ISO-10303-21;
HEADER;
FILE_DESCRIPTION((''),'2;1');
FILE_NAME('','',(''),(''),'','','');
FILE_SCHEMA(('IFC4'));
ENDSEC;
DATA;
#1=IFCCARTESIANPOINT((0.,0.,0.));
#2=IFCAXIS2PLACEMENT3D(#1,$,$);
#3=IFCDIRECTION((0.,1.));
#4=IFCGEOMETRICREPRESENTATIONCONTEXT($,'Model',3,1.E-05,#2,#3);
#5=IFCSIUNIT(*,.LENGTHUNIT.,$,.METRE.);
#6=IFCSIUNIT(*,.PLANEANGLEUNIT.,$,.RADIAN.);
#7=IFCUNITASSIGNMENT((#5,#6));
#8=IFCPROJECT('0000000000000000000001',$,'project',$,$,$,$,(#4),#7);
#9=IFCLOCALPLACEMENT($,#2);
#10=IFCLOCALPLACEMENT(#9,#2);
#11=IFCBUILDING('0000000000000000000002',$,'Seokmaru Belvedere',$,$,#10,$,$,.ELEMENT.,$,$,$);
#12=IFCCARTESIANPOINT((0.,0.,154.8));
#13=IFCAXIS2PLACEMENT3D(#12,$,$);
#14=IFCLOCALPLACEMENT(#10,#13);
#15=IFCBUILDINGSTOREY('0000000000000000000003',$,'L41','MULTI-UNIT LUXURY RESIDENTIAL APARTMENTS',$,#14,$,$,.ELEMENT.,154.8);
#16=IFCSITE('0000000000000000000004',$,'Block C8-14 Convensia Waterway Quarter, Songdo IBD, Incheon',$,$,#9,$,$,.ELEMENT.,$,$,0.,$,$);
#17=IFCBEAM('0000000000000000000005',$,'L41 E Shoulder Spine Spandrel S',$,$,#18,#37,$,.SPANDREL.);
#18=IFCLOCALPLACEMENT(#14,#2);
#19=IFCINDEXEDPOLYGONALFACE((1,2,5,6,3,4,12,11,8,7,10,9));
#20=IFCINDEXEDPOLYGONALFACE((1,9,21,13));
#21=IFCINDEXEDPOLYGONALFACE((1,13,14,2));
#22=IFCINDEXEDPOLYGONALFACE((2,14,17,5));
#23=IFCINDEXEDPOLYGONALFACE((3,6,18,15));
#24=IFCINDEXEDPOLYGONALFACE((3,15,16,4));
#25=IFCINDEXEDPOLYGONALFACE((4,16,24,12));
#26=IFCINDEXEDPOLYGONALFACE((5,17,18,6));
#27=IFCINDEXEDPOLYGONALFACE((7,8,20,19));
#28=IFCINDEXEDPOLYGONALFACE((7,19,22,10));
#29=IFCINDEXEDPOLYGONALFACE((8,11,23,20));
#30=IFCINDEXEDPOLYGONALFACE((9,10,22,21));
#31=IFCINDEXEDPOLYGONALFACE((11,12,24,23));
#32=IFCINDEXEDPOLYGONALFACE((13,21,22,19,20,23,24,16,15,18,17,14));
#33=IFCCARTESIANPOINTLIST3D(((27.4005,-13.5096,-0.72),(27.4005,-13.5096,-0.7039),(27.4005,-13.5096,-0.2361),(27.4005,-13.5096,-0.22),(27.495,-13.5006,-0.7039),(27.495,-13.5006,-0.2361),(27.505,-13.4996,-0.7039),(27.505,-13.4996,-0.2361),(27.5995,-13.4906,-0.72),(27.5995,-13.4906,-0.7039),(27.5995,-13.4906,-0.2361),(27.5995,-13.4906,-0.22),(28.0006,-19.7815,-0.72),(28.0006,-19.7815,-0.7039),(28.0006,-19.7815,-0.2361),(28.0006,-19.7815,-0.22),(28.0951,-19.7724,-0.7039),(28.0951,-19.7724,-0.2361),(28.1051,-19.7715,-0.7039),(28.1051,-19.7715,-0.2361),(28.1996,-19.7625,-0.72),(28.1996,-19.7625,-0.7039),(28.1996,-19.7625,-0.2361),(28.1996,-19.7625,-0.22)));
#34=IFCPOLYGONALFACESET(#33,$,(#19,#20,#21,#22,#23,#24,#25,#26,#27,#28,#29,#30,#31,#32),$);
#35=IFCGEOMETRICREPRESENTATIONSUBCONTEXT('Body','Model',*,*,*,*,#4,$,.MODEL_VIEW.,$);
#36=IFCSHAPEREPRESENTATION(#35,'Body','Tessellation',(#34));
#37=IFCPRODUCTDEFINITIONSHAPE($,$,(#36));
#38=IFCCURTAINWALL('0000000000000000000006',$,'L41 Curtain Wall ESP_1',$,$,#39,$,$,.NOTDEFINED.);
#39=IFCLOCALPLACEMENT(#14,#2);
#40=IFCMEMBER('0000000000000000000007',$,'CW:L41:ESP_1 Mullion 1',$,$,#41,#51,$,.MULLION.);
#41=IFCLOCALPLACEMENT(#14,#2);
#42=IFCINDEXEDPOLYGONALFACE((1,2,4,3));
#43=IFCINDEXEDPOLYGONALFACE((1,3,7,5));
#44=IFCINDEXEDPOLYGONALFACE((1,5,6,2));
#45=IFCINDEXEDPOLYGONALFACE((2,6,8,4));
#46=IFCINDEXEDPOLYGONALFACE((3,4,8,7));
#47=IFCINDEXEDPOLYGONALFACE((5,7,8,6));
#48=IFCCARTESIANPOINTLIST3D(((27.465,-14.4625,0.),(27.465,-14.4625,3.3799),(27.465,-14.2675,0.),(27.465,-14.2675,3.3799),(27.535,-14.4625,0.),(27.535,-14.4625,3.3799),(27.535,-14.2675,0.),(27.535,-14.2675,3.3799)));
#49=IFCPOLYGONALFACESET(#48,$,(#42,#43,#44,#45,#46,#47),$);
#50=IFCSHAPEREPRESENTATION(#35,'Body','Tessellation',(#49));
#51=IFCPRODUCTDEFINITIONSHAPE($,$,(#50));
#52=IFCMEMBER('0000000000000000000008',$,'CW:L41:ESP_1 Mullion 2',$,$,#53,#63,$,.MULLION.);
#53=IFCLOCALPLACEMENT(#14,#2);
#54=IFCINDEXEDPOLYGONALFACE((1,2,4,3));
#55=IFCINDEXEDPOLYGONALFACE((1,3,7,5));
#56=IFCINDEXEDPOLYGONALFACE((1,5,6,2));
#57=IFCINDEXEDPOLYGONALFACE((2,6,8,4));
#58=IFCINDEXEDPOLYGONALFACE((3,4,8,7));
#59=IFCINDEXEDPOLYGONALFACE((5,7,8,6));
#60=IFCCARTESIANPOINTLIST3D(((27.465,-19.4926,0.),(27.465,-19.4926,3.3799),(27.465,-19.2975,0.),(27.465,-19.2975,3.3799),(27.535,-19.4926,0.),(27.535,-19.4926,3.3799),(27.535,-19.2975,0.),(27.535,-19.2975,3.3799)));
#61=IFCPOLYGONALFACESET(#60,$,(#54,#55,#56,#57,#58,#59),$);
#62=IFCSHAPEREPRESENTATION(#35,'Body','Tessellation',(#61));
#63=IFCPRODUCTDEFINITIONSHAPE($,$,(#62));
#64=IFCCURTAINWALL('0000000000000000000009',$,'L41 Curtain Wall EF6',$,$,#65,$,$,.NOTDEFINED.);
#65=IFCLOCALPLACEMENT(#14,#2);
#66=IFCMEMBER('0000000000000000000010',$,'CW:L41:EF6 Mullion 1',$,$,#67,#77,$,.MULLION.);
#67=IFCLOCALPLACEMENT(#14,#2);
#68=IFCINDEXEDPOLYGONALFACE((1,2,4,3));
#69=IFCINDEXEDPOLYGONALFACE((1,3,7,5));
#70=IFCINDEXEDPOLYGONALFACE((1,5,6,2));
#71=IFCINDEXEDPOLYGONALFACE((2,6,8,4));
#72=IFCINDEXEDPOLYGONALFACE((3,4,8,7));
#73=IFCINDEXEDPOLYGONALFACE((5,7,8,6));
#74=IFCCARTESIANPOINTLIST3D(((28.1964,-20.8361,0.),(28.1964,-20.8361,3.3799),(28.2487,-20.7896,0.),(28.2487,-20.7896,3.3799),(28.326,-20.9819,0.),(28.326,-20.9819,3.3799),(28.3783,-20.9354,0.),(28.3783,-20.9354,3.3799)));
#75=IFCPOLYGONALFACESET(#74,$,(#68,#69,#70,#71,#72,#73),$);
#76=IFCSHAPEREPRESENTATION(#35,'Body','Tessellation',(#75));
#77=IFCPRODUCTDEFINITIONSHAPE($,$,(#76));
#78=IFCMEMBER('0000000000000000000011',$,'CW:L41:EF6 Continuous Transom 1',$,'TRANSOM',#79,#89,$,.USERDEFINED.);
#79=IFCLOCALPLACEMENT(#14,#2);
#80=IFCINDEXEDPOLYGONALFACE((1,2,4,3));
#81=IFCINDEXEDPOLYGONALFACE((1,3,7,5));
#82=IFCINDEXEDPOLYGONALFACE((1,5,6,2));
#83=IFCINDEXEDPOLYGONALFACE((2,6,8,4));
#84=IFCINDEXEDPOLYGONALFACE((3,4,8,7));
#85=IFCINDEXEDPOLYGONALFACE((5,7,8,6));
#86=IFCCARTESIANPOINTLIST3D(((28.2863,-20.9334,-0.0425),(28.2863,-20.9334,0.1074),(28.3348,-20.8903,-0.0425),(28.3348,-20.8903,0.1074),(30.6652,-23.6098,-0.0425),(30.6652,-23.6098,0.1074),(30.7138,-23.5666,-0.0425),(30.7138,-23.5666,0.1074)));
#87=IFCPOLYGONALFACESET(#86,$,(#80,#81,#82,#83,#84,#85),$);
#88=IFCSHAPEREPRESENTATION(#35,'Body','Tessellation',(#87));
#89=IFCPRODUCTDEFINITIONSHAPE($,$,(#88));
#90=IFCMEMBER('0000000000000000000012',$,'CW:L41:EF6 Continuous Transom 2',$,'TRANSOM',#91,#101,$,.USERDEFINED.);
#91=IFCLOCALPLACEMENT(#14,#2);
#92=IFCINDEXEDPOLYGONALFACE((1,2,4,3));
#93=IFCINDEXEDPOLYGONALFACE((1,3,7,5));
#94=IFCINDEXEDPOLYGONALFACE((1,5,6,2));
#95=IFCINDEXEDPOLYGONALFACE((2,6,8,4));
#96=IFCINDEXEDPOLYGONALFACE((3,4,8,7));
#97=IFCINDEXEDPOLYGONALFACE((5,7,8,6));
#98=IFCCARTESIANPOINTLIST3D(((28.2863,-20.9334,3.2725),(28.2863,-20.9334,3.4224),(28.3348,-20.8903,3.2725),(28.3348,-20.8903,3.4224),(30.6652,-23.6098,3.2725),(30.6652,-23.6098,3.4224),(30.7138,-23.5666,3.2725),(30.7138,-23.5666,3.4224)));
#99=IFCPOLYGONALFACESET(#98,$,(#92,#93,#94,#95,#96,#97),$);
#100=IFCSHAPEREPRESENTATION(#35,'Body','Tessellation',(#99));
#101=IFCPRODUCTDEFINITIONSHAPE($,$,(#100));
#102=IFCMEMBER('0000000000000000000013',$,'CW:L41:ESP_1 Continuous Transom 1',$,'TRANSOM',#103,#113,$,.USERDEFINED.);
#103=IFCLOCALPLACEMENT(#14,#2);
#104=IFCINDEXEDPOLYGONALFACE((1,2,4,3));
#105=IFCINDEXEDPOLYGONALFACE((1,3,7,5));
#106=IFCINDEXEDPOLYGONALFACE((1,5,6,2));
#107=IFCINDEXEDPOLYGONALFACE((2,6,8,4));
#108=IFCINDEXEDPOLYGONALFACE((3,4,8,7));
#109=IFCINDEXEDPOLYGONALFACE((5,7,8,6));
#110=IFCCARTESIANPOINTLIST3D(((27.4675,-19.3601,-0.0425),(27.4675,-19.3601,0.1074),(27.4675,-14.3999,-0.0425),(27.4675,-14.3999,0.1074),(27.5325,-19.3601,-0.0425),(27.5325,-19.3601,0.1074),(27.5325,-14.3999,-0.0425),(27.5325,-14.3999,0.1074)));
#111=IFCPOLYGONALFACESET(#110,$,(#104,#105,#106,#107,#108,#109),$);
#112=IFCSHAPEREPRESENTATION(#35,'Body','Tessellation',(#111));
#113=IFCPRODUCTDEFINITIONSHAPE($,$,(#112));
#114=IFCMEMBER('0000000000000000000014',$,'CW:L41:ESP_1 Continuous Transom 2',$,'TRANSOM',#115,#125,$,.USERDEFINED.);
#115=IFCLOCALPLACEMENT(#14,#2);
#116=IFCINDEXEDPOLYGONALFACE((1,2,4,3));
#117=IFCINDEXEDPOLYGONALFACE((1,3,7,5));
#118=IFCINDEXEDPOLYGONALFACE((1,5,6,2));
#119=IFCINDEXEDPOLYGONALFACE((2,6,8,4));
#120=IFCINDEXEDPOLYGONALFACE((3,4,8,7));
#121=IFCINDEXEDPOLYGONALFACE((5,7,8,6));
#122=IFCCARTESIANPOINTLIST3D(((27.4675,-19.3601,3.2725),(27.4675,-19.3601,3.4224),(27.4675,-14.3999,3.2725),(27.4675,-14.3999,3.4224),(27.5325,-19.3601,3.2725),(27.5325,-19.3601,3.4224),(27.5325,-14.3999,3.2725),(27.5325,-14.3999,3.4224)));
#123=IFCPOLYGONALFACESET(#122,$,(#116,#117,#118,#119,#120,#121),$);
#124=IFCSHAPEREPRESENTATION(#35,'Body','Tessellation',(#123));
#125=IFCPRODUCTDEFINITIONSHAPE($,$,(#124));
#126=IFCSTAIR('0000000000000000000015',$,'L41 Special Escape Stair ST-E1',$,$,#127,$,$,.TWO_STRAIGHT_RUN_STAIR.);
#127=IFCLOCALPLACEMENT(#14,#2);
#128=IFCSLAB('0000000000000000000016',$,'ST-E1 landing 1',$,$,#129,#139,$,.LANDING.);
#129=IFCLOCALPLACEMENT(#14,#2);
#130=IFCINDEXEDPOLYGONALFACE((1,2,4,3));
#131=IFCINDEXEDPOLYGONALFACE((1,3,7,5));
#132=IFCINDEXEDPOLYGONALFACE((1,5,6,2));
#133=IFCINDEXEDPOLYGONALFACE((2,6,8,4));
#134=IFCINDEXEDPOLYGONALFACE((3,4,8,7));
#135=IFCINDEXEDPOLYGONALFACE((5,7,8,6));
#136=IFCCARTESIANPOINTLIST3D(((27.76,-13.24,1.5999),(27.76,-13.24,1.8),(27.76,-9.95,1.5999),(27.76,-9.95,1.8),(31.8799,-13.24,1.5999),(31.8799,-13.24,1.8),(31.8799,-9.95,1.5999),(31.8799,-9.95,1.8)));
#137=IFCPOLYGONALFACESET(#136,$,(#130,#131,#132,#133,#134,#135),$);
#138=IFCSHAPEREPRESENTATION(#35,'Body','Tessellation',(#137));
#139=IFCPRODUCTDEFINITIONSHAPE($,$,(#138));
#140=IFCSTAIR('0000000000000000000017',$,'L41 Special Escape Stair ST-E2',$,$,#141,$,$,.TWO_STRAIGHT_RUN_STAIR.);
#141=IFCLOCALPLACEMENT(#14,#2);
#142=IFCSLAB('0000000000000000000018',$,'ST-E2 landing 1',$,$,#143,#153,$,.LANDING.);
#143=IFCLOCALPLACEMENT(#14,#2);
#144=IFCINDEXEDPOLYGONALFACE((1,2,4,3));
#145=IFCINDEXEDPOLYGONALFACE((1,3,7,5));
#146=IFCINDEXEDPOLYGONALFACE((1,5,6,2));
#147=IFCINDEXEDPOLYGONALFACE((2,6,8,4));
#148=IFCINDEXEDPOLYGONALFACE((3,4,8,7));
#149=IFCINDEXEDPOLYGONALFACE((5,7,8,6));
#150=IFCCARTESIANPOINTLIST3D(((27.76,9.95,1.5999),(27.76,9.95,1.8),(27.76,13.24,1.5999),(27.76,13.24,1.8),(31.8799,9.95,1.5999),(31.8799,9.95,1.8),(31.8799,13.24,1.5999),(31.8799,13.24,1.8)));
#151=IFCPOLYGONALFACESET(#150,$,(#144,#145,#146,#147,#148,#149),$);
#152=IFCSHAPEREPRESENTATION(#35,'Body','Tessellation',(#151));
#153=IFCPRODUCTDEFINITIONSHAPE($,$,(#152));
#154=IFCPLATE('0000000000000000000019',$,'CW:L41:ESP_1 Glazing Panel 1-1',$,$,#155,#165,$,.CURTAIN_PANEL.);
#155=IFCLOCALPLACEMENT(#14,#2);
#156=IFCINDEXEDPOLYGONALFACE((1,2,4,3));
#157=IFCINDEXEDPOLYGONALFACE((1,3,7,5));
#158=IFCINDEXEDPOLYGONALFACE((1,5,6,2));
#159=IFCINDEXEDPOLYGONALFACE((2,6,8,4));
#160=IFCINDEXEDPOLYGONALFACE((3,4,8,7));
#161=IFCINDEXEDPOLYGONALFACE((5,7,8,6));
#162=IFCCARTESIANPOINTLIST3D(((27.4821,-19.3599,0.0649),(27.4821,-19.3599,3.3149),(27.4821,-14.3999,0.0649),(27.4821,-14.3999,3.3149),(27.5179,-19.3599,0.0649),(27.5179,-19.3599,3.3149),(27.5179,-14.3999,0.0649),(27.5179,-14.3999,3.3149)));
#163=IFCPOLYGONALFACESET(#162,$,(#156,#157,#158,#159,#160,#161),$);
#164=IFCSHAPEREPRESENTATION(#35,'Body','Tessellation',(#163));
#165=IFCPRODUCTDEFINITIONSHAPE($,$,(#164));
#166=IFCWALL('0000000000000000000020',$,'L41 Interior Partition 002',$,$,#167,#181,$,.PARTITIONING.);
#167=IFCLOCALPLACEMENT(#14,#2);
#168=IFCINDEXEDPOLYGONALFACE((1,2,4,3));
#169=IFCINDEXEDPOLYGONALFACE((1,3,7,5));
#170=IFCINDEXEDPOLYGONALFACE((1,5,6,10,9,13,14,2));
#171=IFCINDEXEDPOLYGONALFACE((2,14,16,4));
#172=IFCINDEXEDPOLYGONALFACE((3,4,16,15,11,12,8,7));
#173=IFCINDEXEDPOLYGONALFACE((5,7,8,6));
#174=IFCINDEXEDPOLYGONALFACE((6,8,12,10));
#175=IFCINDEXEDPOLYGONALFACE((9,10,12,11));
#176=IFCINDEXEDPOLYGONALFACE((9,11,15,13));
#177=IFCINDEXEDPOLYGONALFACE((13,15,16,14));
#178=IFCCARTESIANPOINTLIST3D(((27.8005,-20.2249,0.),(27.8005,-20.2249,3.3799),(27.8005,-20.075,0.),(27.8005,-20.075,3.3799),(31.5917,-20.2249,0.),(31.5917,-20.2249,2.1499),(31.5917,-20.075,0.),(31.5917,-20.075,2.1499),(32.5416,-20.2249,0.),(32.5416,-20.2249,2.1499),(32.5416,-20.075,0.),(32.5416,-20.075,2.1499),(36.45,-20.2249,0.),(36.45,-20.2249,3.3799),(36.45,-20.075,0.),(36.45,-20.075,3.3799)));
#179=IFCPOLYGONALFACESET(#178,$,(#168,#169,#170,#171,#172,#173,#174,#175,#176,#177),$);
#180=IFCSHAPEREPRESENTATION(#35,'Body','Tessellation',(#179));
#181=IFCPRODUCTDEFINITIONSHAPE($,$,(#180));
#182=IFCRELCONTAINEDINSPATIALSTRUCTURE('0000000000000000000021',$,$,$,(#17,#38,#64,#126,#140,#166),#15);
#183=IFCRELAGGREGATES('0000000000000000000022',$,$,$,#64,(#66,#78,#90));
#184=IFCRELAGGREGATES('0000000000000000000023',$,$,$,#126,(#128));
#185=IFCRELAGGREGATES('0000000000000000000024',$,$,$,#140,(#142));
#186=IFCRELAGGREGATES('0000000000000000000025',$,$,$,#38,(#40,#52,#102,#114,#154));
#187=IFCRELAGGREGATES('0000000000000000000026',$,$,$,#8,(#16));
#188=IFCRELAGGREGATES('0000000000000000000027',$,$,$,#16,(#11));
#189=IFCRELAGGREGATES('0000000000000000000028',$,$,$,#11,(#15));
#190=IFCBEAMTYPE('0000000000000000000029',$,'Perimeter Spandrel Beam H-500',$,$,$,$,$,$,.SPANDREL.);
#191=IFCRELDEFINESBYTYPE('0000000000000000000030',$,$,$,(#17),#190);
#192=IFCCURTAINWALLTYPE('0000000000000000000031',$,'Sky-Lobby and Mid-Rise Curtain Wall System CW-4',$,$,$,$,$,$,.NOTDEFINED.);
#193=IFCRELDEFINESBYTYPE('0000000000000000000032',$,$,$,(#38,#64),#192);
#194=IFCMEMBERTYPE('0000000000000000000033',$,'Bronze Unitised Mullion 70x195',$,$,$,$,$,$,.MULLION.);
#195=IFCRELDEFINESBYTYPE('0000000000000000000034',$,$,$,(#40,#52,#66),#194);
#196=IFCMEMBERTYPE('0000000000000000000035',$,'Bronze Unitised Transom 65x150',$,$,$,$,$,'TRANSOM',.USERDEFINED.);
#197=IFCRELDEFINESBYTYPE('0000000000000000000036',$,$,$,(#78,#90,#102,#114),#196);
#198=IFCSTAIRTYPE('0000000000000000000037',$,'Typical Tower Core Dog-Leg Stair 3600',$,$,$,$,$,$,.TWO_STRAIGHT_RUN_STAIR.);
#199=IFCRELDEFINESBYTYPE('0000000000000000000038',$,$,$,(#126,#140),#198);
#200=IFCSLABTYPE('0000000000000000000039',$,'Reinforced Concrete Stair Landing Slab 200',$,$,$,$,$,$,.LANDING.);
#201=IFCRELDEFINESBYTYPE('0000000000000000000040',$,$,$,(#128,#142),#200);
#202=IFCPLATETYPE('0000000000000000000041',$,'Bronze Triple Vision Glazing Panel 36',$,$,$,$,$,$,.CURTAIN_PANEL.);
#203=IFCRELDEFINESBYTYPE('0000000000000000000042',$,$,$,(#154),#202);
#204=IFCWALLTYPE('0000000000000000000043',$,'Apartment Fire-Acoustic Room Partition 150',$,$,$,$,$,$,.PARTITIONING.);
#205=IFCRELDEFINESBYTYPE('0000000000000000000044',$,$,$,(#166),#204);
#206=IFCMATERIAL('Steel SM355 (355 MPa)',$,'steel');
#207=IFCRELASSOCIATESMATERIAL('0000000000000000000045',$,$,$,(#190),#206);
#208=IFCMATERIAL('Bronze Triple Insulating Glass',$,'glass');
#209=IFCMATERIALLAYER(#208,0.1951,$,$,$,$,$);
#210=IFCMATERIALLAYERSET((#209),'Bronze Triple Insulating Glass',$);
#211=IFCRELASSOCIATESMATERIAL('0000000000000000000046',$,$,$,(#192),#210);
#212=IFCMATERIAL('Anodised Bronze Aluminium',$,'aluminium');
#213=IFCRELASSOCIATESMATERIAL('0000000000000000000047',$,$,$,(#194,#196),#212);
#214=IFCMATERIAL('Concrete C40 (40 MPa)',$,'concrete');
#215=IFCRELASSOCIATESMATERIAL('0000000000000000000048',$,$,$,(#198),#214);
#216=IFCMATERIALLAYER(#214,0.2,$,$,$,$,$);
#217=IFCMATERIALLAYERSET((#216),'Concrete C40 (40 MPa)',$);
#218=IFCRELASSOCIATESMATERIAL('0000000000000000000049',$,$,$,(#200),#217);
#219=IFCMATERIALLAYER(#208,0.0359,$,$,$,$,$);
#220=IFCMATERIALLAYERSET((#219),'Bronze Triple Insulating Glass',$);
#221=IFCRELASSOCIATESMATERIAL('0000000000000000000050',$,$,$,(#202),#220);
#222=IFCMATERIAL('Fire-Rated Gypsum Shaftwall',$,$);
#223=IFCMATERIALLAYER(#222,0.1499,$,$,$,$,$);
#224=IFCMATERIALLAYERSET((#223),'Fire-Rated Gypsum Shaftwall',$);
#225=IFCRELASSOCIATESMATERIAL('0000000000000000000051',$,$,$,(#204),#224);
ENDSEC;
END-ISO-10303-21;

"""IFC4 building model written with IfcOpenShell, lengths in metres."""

from ifc_helpers import new_model, si_unit, direction, frame, frame_2d, origin, origin_2d, place, context, subcontext, project, spatial, polyline, rectangle, i_section, outline, extrude, source, transform, mapped, material, layer, layer_set, material_profile, profile_set, type_object, type_shapes, element, aggregate, save


model = new_model("IFC4")

# Units and contexts
model_context = context("Model", 3, precision=1e-05, world=origin(), true_north=direction((0.0, 1.0)))
body_context = subcontext(model_context, "Body", "Model", "MODEL_VIEW")
ifc_project = project(units=[si_unit("LENGTHUNIT", "METRE"), si_unit("PLANEANGLEUNIT", "RADIAN")], contexts=[model_context])

# Site, building, storey
site_placement = place(None, origin())
site = spatial("IfcSite", under=ifc_project, at=site_placement, Name="Block C8-14 Convensia Waterway Quarter, Songdo IBD, Incheon", CompositionType="ELEMENT", RefElevation=0.0)
building_placement = place(site_placement, origin())
building = spatial("IfcBuilding", under=site, at=building_placement, Name="Seokmaru Belvedere", CompositionType="ELEMENT")
storey_placement = place(building_placement, frame((0.0, 0.0, 154.8)))
storey = spatial("IfcBuildingStorey", under=building, at=storey_placement, Name="L41", Description="MULTI-UNIT LUXURY RESIDENTIAL APARTMENTS", CompositionType="ELEMENT", Elevation=154.8)

# Shared definitions
ifc_material_1 = material(Name="Steel SM355 (355 MPa)", Category="steel")

# Beam
ifc_material_profile_1 = material_profile(ifc_material_1, i_section(OverallWidth=0.2, OverallDepth=0.5, WebThickness=0.01, FlangeThickness=0.0161, at=origin_2d()), Name="H-500x200x10x16")
ifc_profile_set_1 = profile_set([ifc_material_profile_1], Name="Steel SM355 (355 MPa)")
beam_type_1 = type_object("IfcBeamType", Name="Perimeter Spandrel Beam H-500", PredefinedType="SPANDREL", material=ifc_profile_set_1)
shared_shape_1 = source(origin(), body_context, "Body", "SweptSolid", [
    extrude(i_section(OverallWidth=0.2, OverallDepth=0.5, WebThickness=0.01, FlangeThickness=0.0161, at=origin_2d()), origin(), (0.0, 0.0, 1.0), 6.3005),
])
beam_1_placement = place(storey_placement, frame((28.1001, -19.772, -0.47), z_axis=(-0.095244, 0.995454, 0.0), x_axis=(-0.995454, -0.095244, 0.0)))
element("IfcBeam", 1, at=beam_1_placement, inside=storey, type_object=beam_type_1, Name="L41 E Shoulder Spine Spandrel S", PredefinedType="SPANDREL", context=body_context, shape_type="MappedRepresentation", body=[
    mapped(shared_shape_1, transform((0.0, 0.0, 0.0), scale=1.0)),
])

# Curtain walls, members
ifc_material_2 = material(Name="Bronze Triple Insulating Glass", Category="glass")
ifc_layer_1 = layer(ifc_material_2, 0.1951)
ifc_layer_set_1 = layer_set([ifc_layer_1], Name="Bronze Triple Insulating Glass")
curtain_wall_type = type_object("IfcCurtainWallType", Name="Sky-Lobby and Mid-Rise Curtain Wall System CW-4", PredefinedType="NOTDEFINED", material=ifc_layer_set_1)
curtain_wall_1_placement = place(storey_placement, origin())
curtain_wall_1 = element("IfcCurtainWall", 2, at=curtain_wall_1_placement, inside=storey, type_object=curtain_wall_type, Name="L41 Curtain Wall ESP_1", PredefinedType="NOTDEFINED")
ifc_material_3 = material(Name="Anodised Bronze Aluminium", Category="aluminium")
ifc_material_profile_2 = material_profile(ifc_material_3, rectangle(XDim=0.0701, YDim=0.1951, at=origin_2d()), Name="CW-M-70x195")
ifc_profile_set_2 = profile_set([ifc_material_profile_2], Name="Anodised Bronze Aluminium")
member_type_1 = type_object("IfcMemberType", Name="Bronze Unitised Mullion 70x195", PredefinedType="MULLION", material=ifc_profile_set_2)
shared_shape_2 = source(origin(), body_context, "Body", "SweptSolid", [
    extrude(rectangle(XDim=0.0701, YDim=0.1951, at=origin_2d()), origin(), (0.0, 0.0, 1.0), 3.3799),
])
type_shapes(member_type_1, [shared_shape_2])
member_1_placement = place(storey_placement, frame((27.5, -14.365, 0.0), z_axis=(0.0, 0.0, 1.0), x_axis=(1.0, 0.0, 0.0)))
member_1 = element("IfcMember", 3, at=member_1_placement, type_object=member_type_1, Name="CW:L41:ESP_1 Mullion 1", PredefinedType="MULLION", context=body_context, shape_type="MappedRepresentation", body=[
    mapped(shared_shape_2, transform((0.0, 0.0, 0.0), scale=1.0)),
])
member_2_placement = place(storey_placement, frame((27.5, -19.395, 0.0), z_axis=(0.0, 0.0, 1.0), x_axis=(1.0, 0.0, 0.0)))
member_2 = element("IfcMember", 4, at=member_2_placement, type_object=member_type_1, Name="CW:L41:ESP_1 Mullion 2", PredefinedType="MULLION", context=body_context, shape_type="MappedRepresentation", body=[
    mapped(shared_shape_2, transform((0.0, 0.0, 0.0), scale=1.0)),
])
curtain_wall_2_placement = place(storey_placement, origin())
curtain_wall_2 = element("IfcCurtainWall", 5, at=curtain_wall_2_placement, inside=storey, type_object=curtain_wall_type, Name="L41 Curtain Wall EF6", PredefinedType="NOTDEFINED")
member_3_placement = place(storey_placement, frame((28.2874, -20.8857, 0.0), z_axis=(0.0, 0.0, 1.0), x_axis=(0.74741, 0.664363, 0.0)))
member_3 = element("IfcMember", 6, at=member_3_placement, type_object=member_type_1, Name="CW:L41:EF6 Mullion 1", PredefinedType="MULLION", context=body_context, shape_type="MappedRepresentation", body=[
    mapped(shared_shape_2, transform((0.0, 0.0, 0.0), scale=1.0)),
])
ifc_material_profile_3 = material_profile(ifc_material_3, rectangle(XDim=0.0649, YDim=0.1499, at=origin_2d()), Name="CW-T-65x150")
ifc_profile_set_3 = profile_set([ifc_material_profile_3], Name="Anodised Bronze Aluminium")
member_type_2 = type_object("IfcMemberType", Name="Bronze Unitised Transom 65x150", ElementType="TRANSOM", PredefinedType="USERDEFINED", material=ifc_profile_set_3)
shared_shape_3 = source(origin(), body_context, "Body", "SweptSolid", [
    extrude(rectangle(XDim=0.0649, YDim=0.1499, at=origin_2d()), origin(), (0.0, 0.0, 1.0), 3.5808),
])
member_4_placement = place(storey_placement, frame((28.3105, -20.9119, 0.0325), z_axis=(0.664364, -0.747409, 0.0), x_axis=(0.747409, 0.664364, 0.0)))
member_4 = element("IfcMember", 7, at=member_4_placement, type_object=member_type_2, Name="CW:L41:EF6 Continuous Transom 1", ObjectType="TRANSOM", PredefinedType="USERDEFINED", context=body_context, shape_type="MappedRepresentation", body=[
    mapped(shared_shape_3, transform((0.0, 0.0, 0.0), scale=1.0)),
])
member_5_placement = place(storey_placement, frame((28.3105, -20.9119, 3.3474), z_axis=(0.664364, -0.747409, 0.0), x_axis=(0.747409, 0.664364, 0.0)))
member_5 = element("IfcMember", 8, at=member_5_placement, type_object=member_type_2, Name="CW:L41:EF6 Continuous Transom 2", ObjectType="TRANSOM", PredefinedType="USERDEFINED", context=body_context, shape_type="MappedRepresentation", body=[
    mapped(shared_shape_3, transform((0.0, 0.0, 0.0), scale=1.0)),
])
aggregate(curtain_wall_2, [member_3, member_4, member_5])

# Members
shared_shape_4 = source(origin(), body_context, "Body", "SweptSolid", [
    extrude(rectangle(XDim=0.0649, YDim=0.1499, at=origin_2d()), origin(), (0.0, 0.0, 1.0), 4.9602),
])
type_shapes(member_type_2, [shared_shape_3, shared_shape_4])
member_6_placement = place(storey_placement, frame((27.5, -14.3999, 0.0325), z_axis=(0.0, -1.0, 0.0), x_axis=(1.0, 0.0, 0.0)))
member_6 = element("IfcMember", 9, at=member_6_placement, type_object=member_type_2, Name="CW:L41:ESP_1 Continuous Transom 1", ObjectType="TRANSOM", PredefinedType="USERDEFINED", context=body_context, shape_type="MappedRepresentation", body=[
    mapped(shared_shape_4, transform((0.0, 0.0, 0.0), scale=1.0)),
])
member_7_placement = place(storey_placement, frame((27.5, -14.3999, 3.3474), z_axis=(0.0, -1.0, 0.0), x_axis=(1.0, 0.0, 0.0)))
member_7 = element("IfcMember", 10, at=member_7_placement, type_object=member_type_2, Name="CW:L41:ESP_1 Continuous Transom 2", ObjectType="TRANSOM", PredefinedType="USERDEFINED", context=body_context, shape_type="MappedRepresentation", body=[
    mapped(shared_shape_4, transform((0.0, 0.0, 0.0), scale=1.0)),
])

# Stairs, slabs
ifc_material_4 = material(Name="Concrete C40 (40 MPa)", Category="concrete")
stair_type = type_object("IfcStairType", Name="Typical Tower Core Dog-Leg Stair 3600", PredefinedType="TWO_STRAIGHT_RUN_STAIR", material=ifc_material_4)
stair_1_placement = place(storey_placement, origin())
stair_1 = element("IfcStair", 11, at=stair_1_placement, inside=storey, type_object=stair_type, Name="L41 Special Escape Stair ST-E1", PredefinedType="TWO_STRAIGHT_RUN_STAIR")
ifc_layer_2 = layer(ifc_material_4, 0.2)
ifc_layer_set_2 = layer_set([ifc_layer_2], Name="Concrete C40 (40 MPa)")
slab_type = type_object("IfcSlabType", Name="Reinforced Concrete Stair Landing Slab 200", PredefinedType="LANDING", material=ifc_layer_set_2)
slab_1_placement = place(storey_placement, frame((0.0, 0.0, 1.5999)))
slab_1 = element("IfcSlab", 12, at=slab_1_placement, type_object=slab_type, Name="ST-E1 landing 1", PredefinedType="LANDING", context=body_context, shape_type="SweptSolid", body=[
    extrude(outline(polyline([(27.76, -13.24), (31.8799, -13.24), (31.8799, -9.95), (27.76, -9.95), (27.76, -13.24)])), origin(), (0.0, 0.0, 1.0), 0.2002),
])
aggregate(stair_1, [slab_1])
stair_2_placement = place(storey_placement, origin())
stair_2 = element("IfcStair", 13, at=stair_2_placement, inside=storey, type_object=stair_type, Name="L41 Special Escape Stair ST-E2", PredefinedType="TWO_STRAIGHT_RUN_STAIR")
slab_2_placement = place(storey_placement, frame((0.0, 0.0, 1.5999)))
slab_2 = element("IfcSlab", 14, at=slab_2_placement, type_object=slab_type, Name="ST-E2 landing 1", PredefinedType="LANDING", context=body_context, shape_type="SweptSolid", body=[
    extrude(outline(polyline([(27.76, 9.95), (31.8799, 9.95), (31.8799, 13.24), (27.76, 13.24), (27.76, 9.95)])), origin(), (0.0, 0.0, 1.0), 0.2002),
])
aggregate(stair_2, [slab_2])

# Plate
ifc_layer_3 = layer(ifc_material_2, 0.0359)
ifc_layer_set_3 = layer_set([ifc_layer_3], Name="Bronze Triple Insulating Glass")
plate_type = type_object("IfcPlateType", Name="Bronze Triple Vision Glazing Panel 36", PredefinedType="CURTAIN_PANEL", material=ifc_layer_set_3)
shared_shape_5 = source(origin(), body_context, "Body", "SweptSolid", [
    extrude(rectangle(XDim=4.96, YDim=0.0359, at=origin_2d()), origin(), (0.0, 0.0, 1.0), 3.25),
])
type_shapes(plate_type, [shared_shape_5])
plate_placement = place(storey_placement, frame((27.5, -16.8799, 0.0649), z_axis=(0.0, 0.0, 1.0), x_axis=(0.0, -1.0, 0.0)))
plate = element("IfcPlate", 15, at=plate_placement, type_object=plate_type, Name="CW:L41:ESP_1 Glazing Panel 1-1", PredefinedType="CURTAIN_PANEL", context=body_context, shape_type="MappedRepresentation", body=[
    mapped(shared_shape_5, transform((0.0, 0.0, 0.0), scale=1.0)),
])
aggregate(curtain_wall_1, [member_1, member_2, member_6, member_7, plate])

# Wall, opening
ifc_material_5 = material(Name="Fire-Rated Gypsum Shaftwall")
ifc_layer_4 = layer(ifc_material_5, 0.1499)
ifc_layer_set_4 = layer_set([ifc_layer_4], Name="Fire-Rated Gypsum Shaftwall")
wall_type_1 = type_object("IfcWallType", Name="Apartment Fire-Acoustic Room Partition 150", PredefinedType="PARTITIONING", material=ifc_layer_set_4)
wall_1_placement = place(storey_placement, frame((27.8005, -20.1499, 0.0), z_axis=(0.0, 0.0, 1.0), x_axis=(1.0, 0.0, 0.0)))
wall_1 = element("IfcWall", 16, at=wall_1_placement, inside=storey, type_object=wall_type_1, Name="L41 Interior Partition 002", PredefinedType="PARTITIONING", context=body_context, shape_type="SweptSolid", body=[
    extrude(rectangle(XDim=8.6494, YDim=0.1499, at=frame_2d((4.3247, 0.0))), origin(), (0.0, 0.0, 1.0), 3.3799),
])
opening_1_placement = place(wall_1_placement, frame((3.791, 0.0, 0.0)))
element("IfcOpeningElement", 17, at=opening_1_placement, cuts=wall_1, PredefinedType="OPENING", context=body_context, shape_type="SweptSolid", body=[
    extrude(rectangle(XDim=0.95, YDim=2.1499, at=frame_2d((0.4751, 1.075))), frame((0.0, 0.085, 0.0), z_axis=(0.0, -1.0, 0.0), x_axis=(1.0, 0.0, 0.0)), (0.0, 0.0, 1.0), 0.1699),
])

save(model, "model.ifc")
